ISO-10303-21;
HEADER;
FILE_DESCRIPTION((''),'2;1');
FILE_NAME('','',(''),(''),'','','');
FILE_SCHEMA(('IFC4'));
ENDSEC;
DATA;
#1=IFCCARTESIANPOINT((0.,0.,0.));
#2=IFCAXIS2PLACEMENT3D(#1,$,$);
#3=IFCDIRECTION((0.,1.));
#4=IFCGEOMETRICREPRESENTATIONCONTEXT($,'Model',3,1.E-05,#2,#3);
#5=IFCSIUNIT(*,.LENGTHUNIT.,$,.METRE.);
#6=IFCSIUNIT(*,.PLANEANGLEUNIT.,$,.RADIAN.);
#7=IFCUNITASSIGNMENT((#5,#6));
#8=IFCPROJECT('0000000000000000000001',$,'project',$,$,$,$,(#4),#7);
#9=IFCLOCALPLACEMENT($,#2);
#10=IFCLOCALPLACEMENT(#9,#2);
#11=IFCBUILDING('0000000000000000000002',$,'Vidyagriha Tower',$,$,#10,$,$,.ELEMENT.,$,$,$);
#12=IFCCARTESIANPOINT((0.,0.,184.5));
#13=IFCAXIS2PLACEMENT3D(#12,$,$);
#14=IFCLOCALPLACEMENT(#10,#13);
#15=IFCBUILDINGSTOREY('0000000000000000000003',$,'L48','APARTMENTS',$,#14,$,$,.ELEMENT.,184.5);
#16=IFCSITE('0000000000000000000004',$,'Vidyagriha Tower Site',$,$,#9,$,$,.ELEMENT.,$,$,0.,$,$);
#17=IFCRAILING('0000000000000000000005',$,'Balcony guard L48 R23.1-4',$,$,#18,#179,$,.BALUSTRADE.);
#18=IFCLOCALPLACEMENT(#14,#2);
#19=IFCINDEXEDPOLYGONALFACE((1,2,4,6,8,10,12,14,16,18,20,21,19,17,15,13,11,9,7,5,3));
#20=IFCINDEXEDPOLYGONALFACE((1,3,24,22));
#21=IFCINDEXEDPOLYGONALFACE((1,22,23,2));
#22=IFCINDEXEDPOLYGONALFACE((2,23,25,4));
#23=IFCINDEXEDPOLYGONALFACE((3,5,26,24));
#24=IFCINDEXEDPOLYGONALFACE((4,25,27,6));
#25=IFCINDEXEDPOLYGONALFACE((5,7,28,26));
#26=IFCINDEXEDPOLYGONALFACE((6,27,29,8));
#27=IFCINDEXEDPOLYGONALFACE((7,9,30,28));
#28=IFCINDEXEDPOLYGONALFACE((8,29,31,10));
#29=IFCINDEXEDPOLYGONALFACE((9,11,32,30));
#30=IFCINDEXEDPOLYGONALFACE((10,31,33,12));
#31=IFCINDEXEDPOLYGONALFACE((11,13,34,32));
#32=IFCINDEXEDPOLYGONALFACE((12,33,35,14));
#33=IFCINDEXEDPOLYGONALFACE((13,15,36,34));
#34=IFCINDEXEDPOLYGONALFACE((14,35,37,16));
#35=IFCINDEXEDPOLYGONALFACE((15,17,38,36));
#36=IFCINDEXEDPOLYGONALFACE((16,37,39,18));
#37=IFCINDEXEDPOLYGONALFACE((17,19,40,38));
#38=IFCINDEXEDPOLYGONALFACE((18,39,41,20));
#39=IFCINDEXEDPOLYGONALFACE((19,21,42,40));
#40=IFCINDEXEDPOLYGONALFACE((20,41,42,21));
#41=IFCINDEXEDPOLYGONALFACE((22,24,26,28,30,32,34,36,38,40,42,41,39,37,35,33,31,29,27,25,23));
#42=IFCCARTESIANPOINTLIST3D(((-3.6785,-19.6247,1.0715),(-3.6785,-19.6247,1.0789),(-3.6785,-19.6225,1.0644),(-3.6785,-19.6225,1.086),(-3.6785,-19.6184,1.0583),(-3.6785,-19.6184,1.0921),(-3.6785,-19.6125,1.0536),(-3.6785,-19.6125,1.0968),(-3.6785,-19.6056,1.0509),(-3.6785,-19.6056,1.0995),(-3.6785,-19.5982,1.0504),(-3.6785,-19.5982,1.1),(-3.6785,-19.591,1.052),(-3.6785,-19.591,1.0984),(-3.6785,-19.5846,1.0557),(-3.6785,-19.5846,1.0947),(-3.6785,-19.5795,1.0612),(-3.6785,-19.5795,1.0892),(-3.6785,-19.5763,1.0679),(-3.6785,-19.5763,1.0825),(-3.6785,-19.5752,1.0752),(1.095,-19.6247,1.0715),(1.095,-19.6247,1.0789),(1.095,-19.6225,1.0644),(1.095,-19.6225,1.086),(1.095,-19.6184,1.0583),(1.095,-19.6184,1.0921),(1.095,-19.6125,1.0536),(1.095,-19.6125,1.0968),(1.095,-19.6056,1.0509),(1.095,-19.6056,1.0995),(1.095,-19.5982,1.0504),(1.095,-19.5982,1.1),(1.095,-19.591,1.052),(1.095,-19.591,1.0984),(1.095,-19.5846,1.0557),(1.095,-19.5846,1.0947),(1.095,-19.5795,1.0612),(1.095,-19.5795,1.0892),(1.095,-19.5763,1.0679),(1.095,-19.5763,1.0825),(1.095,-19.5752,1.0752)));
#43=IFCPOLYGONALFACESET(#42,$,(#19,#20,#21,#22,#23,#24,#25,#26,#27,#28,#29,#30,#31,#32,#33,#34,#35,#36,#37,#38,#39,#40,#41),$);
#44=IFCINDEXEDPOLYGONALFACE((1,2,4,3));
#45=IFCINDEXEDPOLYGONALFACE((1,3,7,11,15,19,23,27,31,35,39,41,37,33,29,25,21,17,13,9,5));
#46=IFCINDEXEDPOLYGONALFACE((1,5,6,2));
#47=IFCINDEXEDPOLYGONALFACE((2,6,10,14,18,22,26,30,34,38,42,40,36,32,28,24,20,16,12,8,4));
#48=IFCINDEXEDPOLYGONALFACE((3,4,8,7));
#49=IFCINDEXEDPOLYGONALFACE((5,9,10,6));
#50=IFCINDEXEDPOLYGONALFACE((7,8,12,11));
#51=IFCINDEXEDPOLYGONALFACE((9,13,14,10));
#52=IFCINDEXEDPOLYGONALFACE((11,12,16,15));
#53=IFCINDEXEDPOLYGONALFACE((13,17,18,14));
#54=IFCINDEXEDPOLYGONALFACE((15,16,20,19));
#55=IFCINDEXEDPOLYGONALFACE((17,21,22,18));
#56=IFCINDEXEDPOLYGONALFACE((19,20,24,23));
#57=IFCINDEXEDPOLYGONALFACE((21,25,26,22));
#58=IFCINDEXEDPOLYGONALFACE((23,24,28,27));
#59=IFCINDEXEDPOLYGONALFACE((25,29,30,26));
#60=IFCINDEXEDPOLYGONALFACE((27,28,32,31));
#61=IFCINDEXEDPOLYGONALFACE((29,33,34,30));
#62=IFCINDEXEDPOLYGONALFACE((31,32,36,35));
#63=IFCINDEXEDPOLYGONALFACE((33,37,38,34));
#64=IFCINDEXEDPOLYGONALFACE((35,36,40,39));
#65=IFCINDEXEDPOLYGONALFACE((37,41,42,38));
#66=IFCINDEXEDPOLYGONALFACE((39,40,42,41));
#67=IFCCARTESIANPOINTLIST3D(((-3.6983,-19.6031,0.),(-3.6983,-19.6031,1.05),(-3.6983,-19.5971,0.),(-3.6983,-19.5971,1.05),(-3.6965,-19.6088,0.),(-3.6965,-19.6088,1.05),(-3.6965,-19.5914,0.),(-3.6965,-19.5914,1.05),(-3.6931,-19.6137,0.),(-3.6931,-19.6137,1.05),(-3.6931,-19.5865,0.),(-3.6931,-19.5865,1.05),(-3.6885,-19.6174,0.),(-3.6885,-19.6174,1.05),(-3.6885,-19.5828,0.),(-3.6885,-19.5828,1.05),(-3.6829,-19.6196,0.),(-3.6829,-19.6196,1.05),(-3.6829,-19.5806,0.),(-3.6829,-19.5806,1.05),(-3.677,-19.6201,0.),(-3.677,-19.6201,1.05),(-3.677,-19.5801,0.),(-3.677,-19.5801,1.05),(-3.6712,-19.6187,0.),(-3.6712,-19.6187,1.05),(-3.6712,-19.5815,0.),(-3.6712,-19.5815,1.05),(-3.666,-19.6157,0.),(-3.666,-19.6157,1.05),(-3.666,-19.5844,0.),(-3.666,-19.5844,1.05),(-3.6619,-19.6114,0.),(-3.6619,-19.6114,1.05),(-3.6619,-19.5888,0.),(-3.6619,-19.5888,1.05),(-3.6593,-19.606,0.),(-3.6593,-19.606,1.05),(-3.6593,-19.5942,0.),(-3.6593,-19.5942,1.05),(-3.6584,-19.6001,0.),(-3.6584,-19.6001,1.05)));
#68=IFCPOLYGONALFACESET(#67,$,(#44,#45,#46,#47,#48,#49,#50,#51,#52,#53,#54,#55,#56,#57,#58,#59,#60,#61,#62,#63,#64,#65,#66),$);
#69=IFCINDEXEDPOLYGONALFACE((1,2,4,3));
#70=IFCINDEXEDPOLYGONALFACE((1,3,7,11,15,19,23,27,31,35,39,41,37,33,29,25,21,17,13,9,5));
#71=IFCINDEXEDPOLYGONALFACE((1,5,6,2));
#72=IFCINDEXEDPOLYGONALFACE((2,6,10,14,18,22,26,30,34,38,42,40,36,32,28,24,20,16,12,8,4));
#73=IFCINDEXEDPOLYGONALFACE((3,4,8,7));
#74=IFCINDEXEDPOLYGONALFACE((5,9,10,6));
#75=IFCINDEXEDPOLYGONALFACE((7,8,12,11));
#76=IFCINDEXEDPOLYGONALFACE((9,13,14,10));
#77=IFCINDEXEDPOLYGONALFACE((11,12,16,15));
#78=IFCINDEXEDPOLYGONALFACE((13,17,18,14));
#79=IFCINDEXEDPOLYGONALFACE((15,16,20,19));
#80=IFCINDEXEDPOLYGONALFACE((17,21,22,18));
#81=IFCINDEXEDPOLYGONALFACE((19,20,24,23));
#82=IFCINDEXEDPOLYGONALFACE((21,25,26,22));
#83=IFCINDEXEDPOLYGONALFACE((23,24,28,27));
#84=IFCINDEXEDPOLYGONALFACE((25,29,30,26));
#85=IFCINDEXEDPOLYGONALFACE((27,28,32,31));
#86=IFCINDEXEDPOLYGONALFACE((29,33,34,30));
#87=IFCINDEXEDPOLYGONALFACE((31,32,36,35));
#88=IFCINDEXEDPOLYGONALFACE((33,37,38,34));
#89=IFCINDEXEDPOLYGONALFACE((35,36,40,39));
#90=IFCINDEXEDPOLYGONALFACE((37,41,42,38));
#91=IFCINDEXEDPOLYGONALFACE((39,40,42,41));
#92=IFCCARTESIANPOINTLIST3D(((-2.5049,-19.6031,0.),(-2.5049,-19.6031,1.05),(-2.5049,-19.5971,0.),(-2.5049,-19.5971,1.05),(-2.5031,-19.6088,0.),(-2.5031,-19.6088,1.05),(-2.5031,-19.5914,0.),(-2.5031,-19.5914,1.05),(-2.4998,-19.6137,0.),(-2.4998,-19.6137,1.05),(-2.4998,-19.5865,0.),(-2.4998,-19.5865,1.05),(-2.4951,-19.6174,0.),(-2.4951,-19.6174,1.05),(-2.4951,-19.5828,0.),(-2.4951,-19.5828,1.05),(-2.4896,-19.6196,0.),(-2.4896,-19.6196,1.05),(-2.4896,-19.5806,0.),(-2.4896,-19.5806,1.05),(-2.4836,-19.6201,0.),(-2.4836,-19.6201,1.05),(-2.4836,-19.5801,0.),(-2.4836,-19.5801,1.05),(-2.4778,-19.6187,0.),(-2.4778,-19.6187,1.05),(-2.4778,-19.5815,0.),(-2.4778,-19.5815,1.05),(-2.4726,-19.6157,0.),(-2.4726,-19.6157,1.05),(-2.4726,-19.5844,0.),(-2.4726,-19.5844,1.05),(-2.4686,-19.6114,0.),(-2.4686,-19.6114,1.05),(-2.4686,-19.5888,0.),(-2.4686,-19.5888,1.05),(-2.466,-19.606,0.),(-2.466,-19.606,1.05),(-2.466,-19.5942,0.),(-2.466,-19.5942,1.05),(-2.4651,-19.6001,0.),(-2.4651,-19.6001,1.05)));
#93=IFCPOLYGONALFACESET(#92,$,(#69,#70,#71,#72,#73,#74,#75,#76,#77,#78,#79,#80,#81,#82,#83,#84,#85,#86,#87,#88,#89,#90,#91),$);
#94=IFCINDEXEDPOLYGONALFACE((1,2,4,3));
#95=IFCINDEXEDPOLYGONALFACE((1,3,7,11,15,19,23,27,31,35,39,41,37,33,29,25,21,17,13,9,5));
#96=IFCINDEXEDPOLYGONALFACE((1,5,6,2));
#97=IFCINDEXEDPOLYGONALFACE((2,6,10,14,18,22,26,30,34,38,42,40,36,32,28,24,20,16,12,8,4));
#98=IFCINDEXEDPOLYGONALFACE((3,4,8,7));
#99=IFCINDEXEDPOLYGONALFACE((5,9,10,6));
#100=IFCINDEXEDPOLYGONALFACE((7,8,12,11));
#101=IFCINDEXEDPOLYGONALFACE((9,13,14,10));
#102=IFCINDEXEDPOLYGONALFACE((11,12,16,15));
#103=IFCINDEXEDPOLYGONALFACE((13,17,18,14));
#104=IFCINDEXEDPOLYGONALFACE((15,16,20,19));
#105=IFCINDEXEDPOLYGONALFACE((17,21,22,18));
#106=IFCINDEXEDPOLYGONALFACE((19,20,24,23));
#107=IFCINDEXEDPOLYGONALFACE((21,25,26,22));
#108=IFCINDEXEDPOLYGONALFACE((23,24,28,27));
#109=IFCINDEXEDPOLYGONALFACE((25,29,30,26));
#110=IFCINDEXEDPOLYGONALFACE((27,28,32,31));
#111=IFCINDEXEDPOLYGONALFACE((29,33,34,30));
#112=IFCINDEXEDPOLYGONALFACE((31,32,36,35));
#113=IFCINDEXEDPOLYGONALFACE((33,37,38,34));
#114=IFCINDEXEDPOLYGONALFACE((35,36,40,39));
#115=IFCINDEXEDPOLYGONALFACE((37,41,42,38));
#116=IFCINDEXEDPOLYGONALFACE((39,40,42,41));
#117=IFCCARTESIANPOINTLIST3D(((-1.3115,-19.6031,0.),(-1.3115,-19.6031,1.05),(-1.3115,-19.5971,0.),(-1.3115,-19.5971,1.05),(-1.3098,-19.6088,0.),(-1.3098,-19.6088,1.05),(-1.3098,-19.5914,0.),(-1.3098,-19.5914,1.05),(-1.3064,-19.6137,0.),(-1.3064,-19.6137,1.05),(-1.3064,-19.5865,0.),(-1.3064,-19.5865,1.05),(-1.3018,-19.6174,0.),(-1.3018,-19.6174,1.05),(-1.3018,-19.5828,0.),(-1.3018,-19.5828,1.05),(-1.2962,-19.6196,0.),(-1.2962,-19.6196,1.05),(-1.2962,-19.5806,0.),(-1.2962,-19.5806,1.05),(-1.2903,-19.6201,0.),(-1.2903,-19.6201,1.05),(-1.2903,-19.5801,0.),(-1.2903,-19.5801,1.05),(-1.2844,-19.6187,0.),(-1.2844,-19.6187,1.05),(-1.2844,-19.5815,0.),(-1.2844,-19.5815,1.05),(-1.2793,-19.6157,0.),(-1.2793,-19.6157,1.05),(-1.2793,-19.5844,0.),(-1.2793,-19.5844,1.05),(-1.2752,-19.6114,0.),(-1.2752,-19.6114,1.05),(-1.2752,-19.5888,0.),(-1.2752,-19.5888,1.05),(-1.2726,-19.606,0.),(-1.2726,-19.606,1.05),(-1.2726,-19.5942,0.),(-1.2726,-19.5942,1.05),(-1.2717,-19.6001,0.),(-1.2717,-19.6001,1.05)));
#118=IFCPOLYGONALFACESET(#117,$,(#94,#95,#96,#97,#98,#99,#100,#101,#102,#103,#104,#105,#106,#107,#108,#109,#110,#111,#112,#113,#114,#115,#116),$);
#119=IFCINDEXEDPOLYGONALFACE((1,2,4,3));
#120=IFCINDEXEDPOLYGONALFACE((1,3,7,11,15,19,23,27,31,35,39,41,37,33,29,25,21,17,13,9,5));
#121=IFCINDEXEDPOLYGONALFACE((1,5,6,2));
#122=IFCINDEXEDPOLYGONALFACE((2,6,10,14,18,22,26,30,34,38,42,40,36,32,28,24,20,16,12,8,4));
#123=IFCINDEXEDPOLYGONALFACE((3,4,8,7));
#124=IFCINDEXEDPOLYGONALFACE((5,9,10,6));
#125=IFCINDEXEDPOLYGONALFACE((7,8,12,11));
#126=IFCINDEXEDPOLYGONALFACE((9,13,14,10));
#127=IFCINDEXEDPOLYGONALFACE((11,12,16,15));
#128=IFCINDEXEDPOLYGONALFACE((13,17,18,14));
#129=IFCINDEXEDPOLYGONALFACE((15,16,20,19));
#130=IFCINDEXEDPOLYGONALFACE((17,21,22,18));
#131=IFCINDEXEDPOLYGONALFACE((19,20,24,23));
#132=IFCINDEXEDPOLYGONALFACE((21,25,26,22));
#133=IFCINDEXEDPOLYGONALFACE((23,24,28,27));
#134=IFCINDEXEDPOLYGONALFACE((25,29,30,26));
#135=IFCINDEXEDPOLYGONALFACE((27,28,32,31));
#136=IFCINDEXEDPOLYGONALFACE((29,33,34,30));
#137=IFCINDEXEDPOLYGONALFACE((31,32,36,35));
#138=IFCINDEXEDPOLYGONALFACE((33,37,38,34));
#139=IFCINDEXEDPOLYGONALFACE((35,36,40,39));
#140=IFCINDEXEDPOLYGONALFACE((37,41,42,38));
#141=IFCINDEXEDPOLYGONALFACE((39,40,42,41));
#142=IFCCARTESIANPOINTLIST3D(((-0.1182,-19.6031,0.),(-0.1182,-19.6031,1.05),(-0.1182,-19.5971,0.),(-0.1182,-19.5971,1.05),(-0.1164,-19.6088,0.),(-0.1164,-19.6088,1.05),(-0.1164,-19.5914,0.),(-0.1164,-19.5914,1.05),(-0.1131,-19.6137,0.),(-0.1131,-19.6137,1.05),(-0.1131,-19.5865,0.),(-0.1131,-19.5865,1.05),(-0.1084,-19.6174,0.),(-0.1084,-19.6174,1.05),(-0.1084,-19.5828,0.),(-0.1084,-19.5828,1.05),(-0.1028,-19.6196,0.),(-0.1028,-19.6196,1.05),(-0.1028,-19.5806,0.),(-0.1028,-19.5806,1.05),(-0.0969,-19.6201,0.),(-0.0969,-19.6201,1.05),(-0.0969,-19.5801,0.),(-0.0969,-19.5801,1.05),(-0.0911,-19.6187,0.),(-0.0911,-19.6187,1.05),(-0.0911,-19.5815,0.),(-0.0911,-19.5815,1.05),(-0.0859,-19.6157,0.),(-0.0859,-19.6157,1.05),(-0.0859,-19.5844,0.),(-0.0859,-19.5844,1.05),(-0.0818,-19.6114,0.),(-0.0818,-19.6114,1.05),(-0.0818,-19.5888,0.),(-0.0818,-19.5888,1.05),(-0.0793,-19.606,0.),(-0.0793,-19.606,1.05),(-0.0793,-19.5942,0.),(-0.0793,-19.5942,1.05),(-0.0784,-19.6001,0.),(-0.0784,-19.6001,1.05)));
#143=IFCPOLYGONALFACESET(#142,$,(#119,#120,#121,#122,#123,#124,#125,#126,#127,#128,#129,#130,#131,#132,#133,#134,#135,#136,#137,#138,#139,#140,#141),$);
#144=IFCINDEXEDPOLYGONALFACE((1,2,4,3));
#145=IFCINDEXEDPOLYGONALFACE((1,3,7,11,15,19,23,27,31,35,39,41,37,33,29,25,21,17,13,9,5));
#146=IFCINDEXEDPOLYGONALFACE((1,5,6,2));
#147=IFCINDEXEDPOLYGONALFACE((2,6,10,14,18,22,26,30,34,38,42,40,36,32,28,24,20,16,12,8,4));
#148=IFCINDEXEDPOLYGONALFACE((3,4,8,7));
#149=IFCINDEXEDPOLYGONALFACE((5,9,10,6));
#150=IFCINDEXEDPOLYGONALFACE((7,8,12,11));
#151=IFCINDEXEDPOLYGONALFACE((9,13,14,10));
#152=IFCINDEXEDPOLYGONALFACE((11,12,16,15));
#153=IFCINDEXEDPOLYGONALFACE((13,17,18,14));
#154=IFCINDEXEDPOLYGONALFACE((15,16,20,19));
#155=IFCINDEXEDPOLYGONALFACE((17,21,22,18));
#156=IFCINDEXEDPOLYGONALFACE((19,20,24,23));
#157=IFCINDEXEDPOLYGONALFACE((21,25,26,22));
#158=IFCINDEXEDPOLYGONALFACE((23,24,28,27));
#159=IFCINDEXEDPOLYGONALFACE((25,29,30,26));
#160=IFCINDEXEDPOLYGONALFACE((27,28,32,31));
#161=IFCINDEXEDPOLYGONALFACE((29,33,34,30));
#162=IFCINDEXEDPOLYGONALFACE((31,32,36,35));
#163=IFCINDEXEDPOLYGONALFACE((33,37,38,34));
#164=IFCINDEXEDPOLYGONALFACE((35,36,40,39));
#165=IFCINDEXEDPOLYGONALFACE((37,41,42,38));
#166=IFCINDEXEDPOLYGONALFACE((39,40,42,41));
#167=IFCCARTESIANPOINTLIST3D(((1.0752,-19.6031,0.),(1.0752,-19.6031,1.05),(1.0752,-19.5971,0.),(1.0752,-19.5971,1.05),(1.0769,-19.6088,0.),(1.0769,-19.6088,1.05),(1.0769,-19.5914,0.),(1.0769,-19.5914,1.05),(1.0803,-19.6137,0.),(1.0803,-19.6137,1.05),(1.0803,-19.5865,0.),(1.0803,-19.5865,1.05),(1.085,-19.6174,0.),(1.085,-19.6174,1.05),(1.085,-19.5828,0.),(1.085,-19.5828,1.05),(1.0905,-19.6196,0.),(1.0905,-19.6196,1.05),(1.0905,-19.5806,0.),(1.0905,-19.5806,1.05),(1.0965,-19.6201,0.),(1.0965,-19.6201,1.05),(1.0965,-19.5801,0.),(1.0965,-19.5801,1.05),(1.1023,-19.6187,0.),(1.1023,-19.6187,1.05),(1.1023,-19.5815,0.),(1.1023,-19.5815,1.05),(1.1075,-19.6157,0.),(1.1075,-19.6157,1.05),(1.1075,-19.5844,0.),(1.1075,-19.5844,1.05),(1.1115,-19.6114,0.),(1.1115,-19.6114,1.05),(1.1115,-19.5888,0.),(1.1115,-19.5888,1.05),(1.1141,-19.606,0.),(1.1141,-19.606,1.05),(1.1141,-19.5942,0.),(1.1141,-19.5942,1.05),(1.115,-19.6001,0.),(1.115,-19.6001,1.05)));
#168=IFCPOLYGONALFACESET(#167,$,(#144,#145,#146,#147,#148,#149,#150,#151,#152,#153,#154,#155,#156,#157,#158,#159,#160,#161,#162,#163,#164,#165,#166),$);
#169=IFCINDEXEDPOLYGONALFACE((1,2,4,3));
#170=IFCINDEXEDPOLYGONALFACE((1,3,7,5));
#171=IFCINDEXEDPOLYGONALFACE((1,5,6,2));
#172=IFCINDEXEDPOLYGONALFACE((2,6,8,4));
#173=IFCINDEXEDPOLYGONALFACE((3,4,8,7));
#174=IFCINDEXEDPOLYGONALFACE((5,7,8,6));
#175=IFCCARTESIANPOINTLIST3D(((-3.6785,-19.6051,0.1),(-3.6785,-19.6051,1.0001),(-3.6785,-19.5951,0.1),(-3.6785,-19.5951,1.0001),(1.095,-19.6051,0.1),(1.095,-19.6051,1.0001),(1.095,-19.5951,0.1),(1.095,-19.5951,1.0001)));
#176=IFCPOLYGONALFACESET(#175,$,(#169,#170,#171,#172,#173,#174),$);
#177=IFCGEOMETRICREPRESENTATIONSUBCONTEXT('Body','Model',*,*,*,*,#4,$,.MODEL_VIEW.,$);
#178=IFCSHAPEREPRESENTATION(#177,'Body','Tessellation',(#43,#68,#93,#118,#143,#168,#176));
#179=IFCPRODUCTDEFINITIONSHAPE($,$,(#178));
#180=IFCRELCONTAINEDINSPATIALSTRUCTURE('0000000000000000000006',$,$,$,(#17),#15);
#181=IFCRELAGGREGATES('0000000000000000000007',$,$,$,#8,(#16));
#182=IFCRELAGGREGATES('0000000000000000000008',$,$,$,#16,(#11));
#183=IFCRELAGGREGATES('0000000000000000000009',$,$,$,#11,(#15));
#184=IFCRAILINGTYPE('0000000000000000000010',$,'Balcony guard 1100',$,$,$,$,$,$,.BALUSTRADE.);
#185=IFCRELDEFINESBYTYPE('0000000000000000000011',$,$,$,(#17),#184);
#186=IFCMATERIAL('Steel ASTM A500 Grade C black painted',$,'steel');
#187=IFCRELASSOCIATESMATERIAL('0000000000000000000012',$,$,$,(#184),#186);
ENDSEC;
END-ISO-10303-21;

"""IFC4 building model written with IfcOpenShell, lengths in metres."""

from ifc_helpers import new_model, si_unit, direction, frame, origin, origin_2d, place, context, subcontext, project, spatial, rectangle, circle, extrude, material, type_object, element, save


model = new_model("IFC4")

# Units and contexts
model_context = context("Model", 3, precision=1e-05, world=origin(), true_north=direction((0.0, 1.0)))
body_context = subcontext(model_context, "Body", "Model", "MODEL_VIEW")
ifc_project = project(units=[si_unit("LENGTHUNIT", "METRE"), si_unit("PLANEANGLEUNIT", "RADIAN")], contexts=[model_context])

# Site, building, storey
site_placement = place(None, origin())
site = spatial("IfcSite", under=ifc_project, at=site_placement, Name="Vidyagriha Tower Site", CompositionType="ELEMENT", RefElevation=0.0)
building_placement = place(site_placement, origin())
building = spatial("IfcBuilding", under=site, at=building_placement, Name="Vidyagriha Tower", CompositionType="ELEMENT")
storey_placement = place(building_placement, frame((0.0, 0.0, 184.5)))
storey = spatial("IfcBuildingStorey", under=building, at=storey_placement, Name="L48", Description="APARTMENTS", CompositionType="ELEMENT", Elevation=184.5)

# Railing
ifc_material_1 = material(Name="Steel ASTM A500 Grade C black painted", Category="steel")
railing_type = type_object("IfcRailingType", Name="Balcony guard 1100", PredefinedType="BALUSTRADE", material=ifc_material_1)
railing_1_placement = place(storey_placement, frame((-3.6785, -19.6001, 0.0)))
element("IfcRailing", 1, at=railing_1_placement, inside=storey, type_object=railing_type, Name="Balcony guard L48 R23.1-4", PredefinedType="BALUSTRADE", context=body_context, shape_type="SweptSolid", body=[
    extrude(circle(Radius=0.0249, at=origin_2d()), frame((0.0, 0.0, 1.0752), z_axis=(1.0, 0.0, 0.0), x_axis=(0.0, 1.0, 0.0)), (0.0, 0.0, 1.0), 4.7734),
    extrude(circle(Radius=0.02, at=origin_2d()), origin(), (0.0, 0.0, 1.0), 1.05),
    extrude(circle(Radius=0.02, at=origin_2d()), frame((1.1934, 0.0, 0.0)), (0.0, 0.0, 1.0), 1.05),
    extrude(circle(Radius=0.02, at=origin_2d()), frame((2.3867, 0.0, 0.0)), (0.0, 0.0, 1.0), 1.05),
    extrude(circle(Radius=0.02, at=origin_2d()), frame((3.5801, 0.0, 0.0)), (0.0, 0.0, 1.0), 1.05),
    extrude(circle(Radius=0.02, at=origin_2d()), frame((4.7734, 0.0, 0.0)), (0.0, 0.0, 1.0), 1.05),
    extrude(rectangle(XDim=0.01, YDim=0.9001, at=origin_2d()), frame((0.0, 0.0, 0.55), z_axis=(1.0, 0.0, 0.0), x_axis=(0.0, 1.0, 0.0)), (0.0, 0.0, 1.0), 4.7734),
])

save(model, "model.ifc")
